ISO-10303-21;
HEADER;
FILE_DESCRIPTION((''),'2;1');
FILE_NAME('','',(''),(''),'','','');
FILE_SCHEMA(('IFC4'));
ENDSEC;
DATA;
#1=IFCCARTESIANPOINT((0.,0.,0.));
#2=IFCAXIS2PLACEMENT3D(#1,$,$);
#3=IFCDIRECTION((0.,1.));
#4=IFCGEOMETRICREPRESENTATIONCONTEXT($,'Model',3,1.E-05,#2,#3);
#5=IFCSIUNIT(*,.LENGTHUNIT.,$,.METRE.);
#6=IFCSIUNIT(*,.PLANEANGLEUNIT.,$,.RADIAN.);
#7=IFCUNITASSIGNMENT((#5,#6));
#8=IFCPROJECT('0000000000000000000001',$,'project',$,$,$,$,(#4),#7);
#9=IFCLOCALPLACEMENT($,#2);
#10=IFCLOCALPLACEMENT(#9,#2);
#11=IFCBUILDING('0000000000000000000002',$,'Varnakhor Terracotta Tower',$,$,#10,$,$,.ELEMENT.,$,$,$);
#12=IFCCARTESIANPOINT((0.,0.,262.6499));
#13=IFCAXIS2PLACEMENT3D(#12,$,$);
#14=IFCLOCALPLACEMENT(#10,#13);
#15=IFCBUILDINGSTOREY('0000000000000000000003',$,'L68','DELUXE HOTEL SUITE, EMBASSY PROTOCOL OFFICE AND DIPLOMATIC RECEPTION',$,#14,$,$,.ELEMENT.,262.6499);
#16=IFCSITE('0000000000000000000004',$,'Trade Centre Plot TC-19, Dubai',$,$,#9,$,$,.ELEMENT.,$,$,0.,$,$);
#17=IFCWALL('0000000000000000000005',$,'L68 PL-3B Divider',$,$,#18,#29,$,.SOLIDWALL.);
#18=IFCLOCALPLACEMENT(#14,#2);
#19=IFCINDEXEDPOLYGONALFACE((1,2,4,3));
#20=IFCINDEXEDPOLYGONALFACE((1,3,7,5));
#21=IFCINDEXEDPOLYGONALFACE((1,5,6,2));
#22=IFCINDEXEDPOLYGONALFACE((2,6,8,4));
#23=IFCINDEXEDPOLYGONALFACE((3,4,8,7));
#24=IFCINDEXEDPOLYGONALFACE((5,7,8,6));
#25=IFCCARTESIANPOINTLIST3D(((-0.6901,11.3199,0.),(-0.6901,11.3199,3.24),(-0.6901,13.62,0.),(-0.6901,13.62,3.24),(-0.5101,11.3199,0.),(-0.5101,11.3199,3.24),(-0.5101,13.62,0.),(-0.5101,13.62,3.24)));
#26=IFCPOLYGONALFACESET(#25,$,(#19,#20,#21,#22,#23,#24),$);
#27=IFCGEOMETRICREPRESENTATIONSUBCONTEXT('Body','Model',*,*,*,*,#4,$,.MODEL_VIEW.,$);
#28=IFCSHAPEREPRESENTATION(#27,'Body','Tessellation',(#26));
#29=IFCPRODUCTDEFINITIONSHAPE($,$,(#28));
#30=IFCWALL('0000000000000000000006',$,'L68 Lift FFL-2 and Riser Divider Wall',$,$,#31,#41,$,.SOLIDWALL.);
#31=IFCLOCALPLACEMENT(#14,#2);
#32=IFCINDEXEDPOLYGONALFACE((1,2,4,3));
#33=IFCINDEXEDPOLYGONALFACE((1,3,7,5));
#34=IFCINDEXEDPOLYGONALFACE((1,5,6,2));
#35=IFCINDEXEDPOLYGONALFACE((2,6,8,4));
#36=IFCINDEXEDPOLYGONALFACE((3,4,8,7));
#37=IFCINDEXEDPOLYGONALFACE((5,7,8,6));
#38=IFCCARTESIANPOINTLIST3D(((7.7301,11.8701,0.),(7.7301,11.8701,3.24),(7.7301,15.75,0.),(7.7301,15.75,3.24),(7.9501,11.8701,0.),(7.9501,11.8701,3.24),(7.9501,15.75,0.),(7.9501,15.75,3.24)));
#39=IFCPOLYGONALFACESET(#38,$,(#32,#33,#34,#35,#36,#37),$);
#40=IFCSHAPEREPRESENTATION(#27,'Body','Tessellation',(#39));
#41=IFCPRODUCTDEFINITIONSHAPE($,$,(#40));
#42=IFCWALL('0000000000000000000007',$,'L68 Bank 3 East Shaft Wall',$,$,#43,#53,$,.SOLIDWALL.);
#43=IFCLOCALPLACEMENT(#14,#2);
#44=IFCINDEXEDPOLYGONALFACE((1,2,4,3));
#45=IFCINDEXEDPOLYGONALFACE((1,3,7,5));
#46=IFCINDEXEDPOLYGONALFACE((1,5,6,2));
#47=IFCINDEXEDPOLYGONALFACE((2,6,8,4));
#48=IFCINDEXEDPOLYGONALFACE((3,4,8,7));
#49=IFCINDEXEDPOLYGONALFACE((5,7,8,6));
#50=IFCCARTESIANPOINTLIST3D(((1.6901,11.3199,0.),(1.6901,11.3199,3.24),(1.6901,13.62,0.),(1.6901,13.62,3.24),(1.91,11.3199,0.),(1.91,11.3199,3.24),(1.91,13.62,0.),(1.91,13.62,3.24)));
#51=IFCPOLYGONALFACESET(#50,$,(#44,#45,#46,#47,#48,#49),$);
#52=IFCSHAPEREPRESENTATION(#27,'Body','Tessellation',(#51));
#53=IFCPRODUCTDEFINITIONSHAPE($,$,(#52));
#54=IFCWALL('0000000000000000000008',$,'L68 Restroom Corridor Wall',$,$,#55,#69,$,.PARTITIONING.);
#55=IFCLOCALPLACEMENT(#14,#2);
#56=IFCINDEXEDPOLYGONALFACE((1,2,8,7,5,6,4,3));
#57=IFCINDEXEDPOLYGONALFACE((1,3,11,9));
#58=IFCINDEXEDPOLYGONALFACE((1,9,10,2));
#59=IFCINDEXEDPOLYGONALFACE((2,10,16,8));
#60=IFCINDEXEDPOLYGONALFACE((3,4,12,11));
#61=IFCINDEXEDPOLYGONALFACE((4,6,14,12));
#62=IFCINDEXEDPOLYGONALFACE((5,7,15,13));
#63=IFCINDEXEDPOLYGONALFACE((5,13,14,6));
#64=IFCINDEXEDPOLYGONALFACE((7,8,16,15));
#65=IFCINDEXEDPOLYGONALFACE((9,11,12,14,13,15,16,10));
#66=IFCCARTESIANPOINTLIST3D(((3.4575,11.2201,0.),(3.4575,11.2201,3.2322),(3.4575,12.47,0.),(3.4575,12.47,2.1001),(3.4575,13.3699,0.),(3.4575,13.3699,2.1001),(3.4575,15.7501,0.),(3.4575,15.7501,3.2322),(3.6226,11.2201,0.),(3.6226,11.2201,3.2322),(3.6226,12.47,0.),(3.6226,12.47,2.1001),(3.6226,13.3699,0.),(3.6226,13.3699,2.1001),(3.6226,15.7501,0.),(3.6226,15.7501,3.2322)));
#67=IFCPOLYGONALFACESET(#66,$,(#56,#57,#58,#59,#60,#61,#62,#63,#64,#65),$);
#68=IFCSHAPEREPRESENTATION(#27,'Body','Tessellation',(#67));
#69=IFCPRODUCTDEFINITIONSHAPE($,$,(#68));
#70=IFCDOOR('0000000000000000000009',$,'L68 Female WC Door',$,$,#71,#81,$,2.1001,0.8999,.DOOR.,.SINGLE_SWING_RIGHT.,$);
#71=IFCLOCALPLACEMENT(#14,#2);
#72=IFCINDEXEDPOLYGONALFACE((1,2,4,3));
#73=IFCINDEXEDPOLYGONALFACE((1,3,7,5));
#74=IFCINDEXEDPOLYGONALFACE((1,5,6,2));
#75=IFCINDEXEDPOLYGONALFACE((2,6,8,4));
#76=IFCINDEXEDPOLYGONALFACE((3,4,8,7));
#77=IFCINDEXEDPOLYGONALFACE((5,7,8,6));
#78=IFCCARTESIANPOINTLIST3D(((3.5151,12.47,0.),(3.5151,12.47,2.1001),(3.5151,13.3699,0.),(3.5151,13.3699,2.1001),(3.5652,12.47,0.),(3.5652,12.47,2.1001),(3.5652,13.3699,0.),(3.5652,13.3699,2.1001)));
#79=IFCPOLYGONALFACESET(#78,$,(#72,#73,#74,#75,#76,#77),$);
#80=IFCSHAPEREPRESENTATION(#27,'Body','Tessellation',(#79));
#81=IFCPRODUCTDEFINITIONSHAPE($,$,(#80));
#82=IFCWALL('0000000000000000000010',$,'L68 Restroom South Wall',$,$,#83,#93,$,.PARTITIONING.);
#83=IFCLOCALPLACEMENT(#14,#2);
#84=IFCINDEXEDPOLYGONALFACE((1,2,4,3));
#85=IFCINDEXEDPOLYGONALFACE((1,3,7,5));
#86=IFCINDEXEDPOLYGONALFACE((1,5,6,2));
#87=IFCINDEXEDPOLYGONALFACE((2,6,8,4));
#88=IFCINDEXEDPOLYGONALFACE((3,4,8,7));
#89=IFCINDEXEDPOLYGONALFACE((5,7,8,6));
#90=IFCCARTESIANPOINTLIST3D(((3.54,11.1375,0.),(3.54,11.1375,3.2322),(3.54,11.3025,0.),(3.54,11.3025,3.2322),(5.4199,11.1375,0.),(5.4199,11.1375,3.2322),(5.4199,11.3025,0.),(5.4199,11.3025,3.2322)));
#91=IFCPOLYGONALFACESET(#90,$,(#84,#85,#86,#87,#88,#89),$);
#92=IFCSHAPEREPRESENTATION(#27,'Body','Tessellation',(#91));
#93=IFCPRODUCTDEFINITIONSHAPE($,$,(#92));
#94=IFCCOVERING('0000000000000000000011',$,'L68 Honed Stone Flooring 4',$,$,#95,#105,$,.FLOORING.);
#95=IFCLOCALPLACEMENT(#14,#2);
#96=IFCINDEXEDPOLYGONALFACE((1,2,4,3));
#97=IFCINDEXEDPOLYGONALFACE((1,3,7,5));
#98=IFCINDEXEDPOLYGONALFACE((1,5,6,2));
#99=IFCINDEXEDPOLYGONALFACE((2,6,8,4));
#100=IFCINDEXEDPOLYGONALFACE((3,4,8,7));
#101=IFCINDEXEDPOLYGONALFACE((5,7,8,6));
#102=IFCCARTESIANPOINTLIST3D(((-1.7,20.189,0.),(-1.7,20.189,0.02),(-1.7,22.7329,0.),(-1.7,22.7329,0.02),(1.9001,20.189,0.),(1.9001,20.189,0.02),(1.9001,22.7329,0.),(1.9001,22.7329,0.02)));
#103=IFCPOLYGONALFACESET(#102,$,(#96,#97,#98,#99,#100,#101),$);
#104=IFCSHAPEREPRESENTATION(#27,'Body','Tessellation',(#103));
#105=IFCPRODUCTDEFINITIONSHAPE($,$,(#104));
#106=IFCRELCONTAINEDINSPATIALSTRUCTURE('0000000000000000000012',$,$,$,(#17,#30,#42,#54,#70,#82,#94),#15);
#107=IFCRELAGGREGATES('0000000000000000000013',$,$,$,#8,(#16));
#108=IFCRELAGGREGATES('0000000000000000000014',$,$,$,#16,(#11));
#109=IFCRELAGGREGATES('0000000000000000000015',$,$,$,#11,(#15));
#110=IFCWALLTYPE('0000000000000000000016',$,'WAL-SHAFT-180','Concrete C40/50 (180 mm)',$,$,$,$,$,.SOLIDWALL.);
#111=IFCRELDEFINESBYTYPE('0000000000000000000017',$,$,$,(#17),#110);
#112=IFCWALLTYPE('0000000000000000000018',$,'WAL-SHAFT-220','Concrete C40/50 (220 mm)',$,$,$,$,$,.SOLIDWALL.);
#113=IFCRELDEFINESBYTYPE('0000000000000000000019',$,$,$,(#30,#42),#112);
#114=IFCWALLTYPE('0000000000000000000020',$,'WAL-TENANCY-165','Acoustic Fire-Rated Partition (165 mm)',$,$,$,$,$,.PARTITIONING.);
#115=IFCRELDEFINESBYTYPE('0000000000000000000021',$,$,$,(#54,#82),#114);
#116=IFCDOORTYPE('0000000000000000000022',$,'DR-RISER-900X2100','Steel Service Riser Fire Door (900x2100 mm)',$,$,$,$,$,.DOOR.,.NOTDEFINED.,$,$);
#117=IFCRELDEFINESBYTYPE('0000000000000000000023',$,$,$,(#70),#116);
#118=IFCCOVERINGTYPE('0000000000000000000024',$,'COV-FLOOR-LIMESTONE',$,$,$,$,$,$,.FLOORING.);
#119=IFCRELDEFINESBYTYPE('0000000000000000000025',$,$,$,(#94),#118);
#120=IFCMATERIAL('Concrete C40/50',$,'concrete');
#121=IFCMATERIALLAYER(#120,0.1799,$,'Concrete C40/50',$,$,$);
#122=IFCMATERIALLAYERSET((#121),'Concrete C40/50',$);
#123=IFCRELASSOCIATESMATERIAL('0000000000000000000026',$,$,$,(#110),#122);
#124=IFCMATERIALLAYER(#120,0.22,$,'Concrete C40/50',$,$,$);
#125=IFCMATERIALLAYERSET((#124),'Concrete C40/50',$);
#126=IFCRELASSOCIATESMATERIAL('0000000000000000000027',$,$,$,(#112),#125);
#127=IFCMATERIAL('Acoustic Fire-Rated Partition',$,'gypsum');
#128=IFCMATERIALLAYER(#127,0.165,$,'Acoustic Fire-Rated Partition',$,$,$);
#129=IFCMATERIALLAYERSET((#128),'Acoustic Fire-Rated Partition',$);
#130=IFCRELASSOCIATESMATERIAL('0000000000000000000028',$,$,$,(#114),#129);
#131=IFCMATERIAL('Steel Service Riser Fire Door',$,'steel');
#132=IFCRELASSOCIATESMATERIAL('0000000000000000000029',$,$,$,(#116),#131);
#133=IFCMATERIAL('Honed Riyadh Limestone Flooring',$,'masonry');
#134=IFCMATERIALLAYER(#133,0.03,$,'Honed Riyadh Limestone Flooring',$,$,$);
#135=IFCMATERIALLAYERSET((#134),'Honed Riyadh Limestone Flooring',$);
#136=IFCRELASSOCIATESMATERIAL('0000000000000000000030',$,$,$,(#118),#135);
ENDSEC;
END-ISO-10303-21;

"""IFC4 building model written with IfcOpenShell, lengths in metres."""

from ifc_helpers import new_model, si_unit, direction, frame, frame_2d, origin, origin_2d, place, context, subcontext, project, spatial, rectangle, extrude, source, transform, mapped, material, layer, layer_set, type_object, type_shapes, element, fill, save


model = new_model("IFC4")

# Units and contexts
model_context = context("Model", 3, precision=1e-05, world=origin(), true_north=direction((0.0, 1.0)))
body_context = subcontext(model_context, "Body", "Model", "MODEL_VIEW")
ifc_project = project(units=[si_unit("LENGTHUNIT", "METRE"), si_unit("PLANEANGLEUNIT", "RADIAN")], contexts=[model_context])

# Site, building, storey
site_placement = place(None, origin())
site = spatial("IfcSite", under=ifc_project, at=site_placement, Name="Trade Centre Plot TC-19, Dubai", CompositionType="ELEMENT", RefElevation=0.0)
building_placement = place(site_placement, origin())
building = spatial("IfcBuilding", under=site, at=building_placement, Name="Varnakhor Terracotta Tower", CompositionType="ELEMENT")
storey_placement = place(building_placement, frame((0.0, 0.0, 262.6499)))
storey = spatial("IfcBuildingStorey", under=building, at=storey_placement, Name="L68", Description="DELUXE HOTEL SUITE, EMBASSY PROTOCOL OFFICE AND DIPLOMATIC RECEPTION", CompositionType="ELEMENT", Elevation=262.6499)

# Walls
ifc_material_1 = material(Name="Concrete C40/50", Category="concrete")
ifc_layer_1 = layer(ifc_material_1, 0.1799, Name="Concrete C40/50")
ifc_layer_set_1 = layer_set([ifc_layer_1], Name="Concrete C40/50")
wall_type_1 = type_object("IfcWallType", Name="WAL-SHAFT-180", Description="Concrete C40/50 (180 mm)", PredefinedType="SOLIDWALL", material=ifc_layer_set_1)
wall_1_placement = place(storey_placement, frame((-0.6001, 11.3201, 0.0), z_axis=(0.0, 0.0, 1.0), x_axis=(0.0, 1.0, 0.0)))
element("IfcWall", 1, at=wall_1_placement, inside=storey, type_object=wall_type_1, Name="L68 PL-3B Divider", PredefinedType="SOLIDWALL", context=body_context, shape_type="SweptSolid", body=[
    extrude(rectangle(XDim=2.3, YDim=0.1799, at=frame_2d((1.1499, 0.0))), origin(), (0.0, 0.0, 1.0), 3.24),
])
ifc_layer_2 = layer(ifc_material_1, 0.22, Name="Concrete C40/50")
ifc_layer_set_2 = layer_set([ifc_layer_2], Name="Concrete C40/50")
wall_type_2 = type_object("IfcWallType", Name="WAL-SHAFT-220", Description="Concrete C40/50 (220 mm)", PredefinedType="SOLIDWALL", material=ifc_layer_set_2)
wall_2_placement = place(storey_placement, frame((7.8401, 11.8701, 0.0), z_axis=(0.0, 0.0, 1.0), x_axis=(0.0, 1.0, 0.0)))
element("IfcWall", 2, at=wall_2_placement, inside=storey, type_object=wall_type_2, Name="L68 Lift FFL-2 and Riser Divider Wall", PredefinedType="SOLIDWALL", context=body_context, shape_type="SweptSolid", body=[
    extrude(rectangle(XDim=3.8799, YDim=0.22, at=frame_2d((1.9399, 0.0))), origin(), (0.0, 0.0, 1.0), 3.24),
])
wall_3_placement = place(storey_placement, frame((1.8, 11.3201, 0.0), z_axis=(0.0, 0.0, 1.0), x_axis=(0.0, 1.0, 0.0)))
element("IfcWall", 3, at=wall_3_placement, inside=storey, type_object=wall_type_2, Name="L68 Bank 3 East Shaft Wall", PredefinedType="SOLIDWALL", context=body_context, shape_type="SweptSolid", body=[
    extrude(rectangle(XDim=2.3, YDim=0.22, at=frame_2d((1.1499, 0.0))), origin(), (0.0, 0.0, 1.0), 3.24),
])

# Wall, opening, door
ifc_material_2 = material(Name="Acoustic Fire-Rated Partition", Category="gypsum")
ifc_layer_3 = layer(ifc_material_2, 0.165, Name="Acoustic Fire-Rated Partition")
ifc_layer_set_3 = layer_set([ifc_layer_3], Name="Acoustic Fire-Rated Partition")
wall_type_3 = type_object("IfcWallType", Name="WAL-TENANCY-165", Description="Acoustic Fire-Rated Partition (165 mm)", PredefinedType="PARTITIONING", material=ifc_layer_set_3)
wall_4_placement = place(storey_placement, frame((3.54, 11.22, 0.0), z_axis=(0.0, 0.0, 1.0), x_axis=(0.0, 1.0, 0.0)))
wall_4 = element("IfcWall", 4, at=wall_4_placement, inside=storey, type_object=wall_type_3, Name="L68 Restroom Corridor Wall", PredefinedType="PARTITIONING", context=body_context, shape_type="SweptSolid", body=[
    extrude(rectangle(XDim=4.53, YDim=0.165, at=frame_2d((2.2651, 0.0))), origin(), (0.0, 0.0, 1.0), 3.2322),
])
opening_1_placement = place(wall_4_placement, frame((1.25, 0.0, 0.0)))
opening_1 = element("IfcOpeningElement", 5, at=opening_1_placement, cuts=wall_4, PredefinedType="OPENING", context=body_context, shape_type="SweptSolid", body=[
    extrude(rectangle(XDim=0.8999, YDim=2.1001, at=frame_2d((0.45, 1.05))), frame((0.0, 0.0925, 0.0), z_axis=(0.0, -1.0, 0.0), x_axis=(1.0, 0.0, 0.0)), (0.0, 0.0, 1.0), 0.1851),
])
ifc_material_3 = material(Name="Steel Service Riser Fire Door", Category="steel")
door_type_1 = type_object("IfcDoorType", Name="DR-RISER-900X2100", Description="Steel Service Riser Fire Door (900x2100 mm)", OperationType="NOTDEFINED", PredefinedType="DOOR", material=ifc_material_3)
shared_shape_1 = source(origin(), body_context, "Body", "SweptSolid", [
    extrude(rectangle(XDim=0.8999, YDim=2.1001, at=frame_2d((0.45, 1.05))), frame((0.0, 0.0249, 0.0), z_axis=(0.0, -1.0, 0.0), x_axis=(1.0, 0.0, 0.0)), (0.0, 0.0, 1.0), 0.05),
])
type_shapes(door_type_1, [shared_shape_1])
door_1_placement = place(opening_1_placement, origin())
door_1 = element("IfcDoor", 6, at=door_1_placement, inside=storey, type_object=door_type_1, Name="L68 Female WC Door", OperationType="SINGLE_SWING_RIGHT", OverallHeight=2.1001, OverallWidth=0.8999, PredefinedType="DOOR", context=body_context, shape_type="MappedRepresentation", body=[
    mapped(shared_shape_1, transform((0.0, 0.0, 0.0), scale=1.0)),
])
fill(opening_1, door_1)

# Wall
wall_5_placement = place(storey_placement, frame((3.54, 11.22, 0.0), z_axis=(0.0, 0.0, 1.0), x_axis=(1.0, 0.0, 0.0)))
element("IfcWall", 7, at=wall_5_placement, inside=storey, type_object=wall_type_3, Name="L68 Restroom South Wall", PredefinedType="PARTITIONING", context=body_context, shape_type="SweptSolid", body=[
    extrude(rectangle(XDim=1.8799, YDim=0.165, at=frame_2d((0.9399, 0.0))), origin(), (0.0, 0.0, 1.0), 3.2322),
])

# Covering
ifc_material_4 = material(Name="Honed Riyadh Limestone Flooring", Category="masonry")
ifc_layer_4 = layer(ifc_material_4, 0.03, Name="Honed Riyadh Limestone Flooring")
ifc_layer_set_4 = layer_set([ifc_layer_4], Name="Honed Riyadh Limestone Flooring")
covering_type = type_object("IfcCoveringType", Name="COV-FLOOR-LIMESTONE", PredefinedType="FLOORING", material=ifc_layer_set_4)
shared_shape_2 = source(origin(), body_context, "Body", "SweptSolid", [
    extrude(rectangle(XDim=3.6001, YDim=2.5439, at=origin_2d()), origin(), (0.0, 0.0, 1.0), 0.02),
])
covering_placement = place(storey_placement, frame((0.1001, 21.4609, 0.0), z_axis=(0.0, 0.0, 1.0), x_axis=(1.0, 0.0, 0.0)))
element("IfcCovering", 8, at=covering_placement, inside=storey, type_object=covering_type, Name="L68 Honed Stone Flooring 4", PredefinedType="FLOORING", context=body_context, shape_type="MappedRepresentation", body=[
    mapped(shared_shape_2, transform((0.0, 0.0, 0.0), scale=1.0)),
])

save(model, "model.ifc")
